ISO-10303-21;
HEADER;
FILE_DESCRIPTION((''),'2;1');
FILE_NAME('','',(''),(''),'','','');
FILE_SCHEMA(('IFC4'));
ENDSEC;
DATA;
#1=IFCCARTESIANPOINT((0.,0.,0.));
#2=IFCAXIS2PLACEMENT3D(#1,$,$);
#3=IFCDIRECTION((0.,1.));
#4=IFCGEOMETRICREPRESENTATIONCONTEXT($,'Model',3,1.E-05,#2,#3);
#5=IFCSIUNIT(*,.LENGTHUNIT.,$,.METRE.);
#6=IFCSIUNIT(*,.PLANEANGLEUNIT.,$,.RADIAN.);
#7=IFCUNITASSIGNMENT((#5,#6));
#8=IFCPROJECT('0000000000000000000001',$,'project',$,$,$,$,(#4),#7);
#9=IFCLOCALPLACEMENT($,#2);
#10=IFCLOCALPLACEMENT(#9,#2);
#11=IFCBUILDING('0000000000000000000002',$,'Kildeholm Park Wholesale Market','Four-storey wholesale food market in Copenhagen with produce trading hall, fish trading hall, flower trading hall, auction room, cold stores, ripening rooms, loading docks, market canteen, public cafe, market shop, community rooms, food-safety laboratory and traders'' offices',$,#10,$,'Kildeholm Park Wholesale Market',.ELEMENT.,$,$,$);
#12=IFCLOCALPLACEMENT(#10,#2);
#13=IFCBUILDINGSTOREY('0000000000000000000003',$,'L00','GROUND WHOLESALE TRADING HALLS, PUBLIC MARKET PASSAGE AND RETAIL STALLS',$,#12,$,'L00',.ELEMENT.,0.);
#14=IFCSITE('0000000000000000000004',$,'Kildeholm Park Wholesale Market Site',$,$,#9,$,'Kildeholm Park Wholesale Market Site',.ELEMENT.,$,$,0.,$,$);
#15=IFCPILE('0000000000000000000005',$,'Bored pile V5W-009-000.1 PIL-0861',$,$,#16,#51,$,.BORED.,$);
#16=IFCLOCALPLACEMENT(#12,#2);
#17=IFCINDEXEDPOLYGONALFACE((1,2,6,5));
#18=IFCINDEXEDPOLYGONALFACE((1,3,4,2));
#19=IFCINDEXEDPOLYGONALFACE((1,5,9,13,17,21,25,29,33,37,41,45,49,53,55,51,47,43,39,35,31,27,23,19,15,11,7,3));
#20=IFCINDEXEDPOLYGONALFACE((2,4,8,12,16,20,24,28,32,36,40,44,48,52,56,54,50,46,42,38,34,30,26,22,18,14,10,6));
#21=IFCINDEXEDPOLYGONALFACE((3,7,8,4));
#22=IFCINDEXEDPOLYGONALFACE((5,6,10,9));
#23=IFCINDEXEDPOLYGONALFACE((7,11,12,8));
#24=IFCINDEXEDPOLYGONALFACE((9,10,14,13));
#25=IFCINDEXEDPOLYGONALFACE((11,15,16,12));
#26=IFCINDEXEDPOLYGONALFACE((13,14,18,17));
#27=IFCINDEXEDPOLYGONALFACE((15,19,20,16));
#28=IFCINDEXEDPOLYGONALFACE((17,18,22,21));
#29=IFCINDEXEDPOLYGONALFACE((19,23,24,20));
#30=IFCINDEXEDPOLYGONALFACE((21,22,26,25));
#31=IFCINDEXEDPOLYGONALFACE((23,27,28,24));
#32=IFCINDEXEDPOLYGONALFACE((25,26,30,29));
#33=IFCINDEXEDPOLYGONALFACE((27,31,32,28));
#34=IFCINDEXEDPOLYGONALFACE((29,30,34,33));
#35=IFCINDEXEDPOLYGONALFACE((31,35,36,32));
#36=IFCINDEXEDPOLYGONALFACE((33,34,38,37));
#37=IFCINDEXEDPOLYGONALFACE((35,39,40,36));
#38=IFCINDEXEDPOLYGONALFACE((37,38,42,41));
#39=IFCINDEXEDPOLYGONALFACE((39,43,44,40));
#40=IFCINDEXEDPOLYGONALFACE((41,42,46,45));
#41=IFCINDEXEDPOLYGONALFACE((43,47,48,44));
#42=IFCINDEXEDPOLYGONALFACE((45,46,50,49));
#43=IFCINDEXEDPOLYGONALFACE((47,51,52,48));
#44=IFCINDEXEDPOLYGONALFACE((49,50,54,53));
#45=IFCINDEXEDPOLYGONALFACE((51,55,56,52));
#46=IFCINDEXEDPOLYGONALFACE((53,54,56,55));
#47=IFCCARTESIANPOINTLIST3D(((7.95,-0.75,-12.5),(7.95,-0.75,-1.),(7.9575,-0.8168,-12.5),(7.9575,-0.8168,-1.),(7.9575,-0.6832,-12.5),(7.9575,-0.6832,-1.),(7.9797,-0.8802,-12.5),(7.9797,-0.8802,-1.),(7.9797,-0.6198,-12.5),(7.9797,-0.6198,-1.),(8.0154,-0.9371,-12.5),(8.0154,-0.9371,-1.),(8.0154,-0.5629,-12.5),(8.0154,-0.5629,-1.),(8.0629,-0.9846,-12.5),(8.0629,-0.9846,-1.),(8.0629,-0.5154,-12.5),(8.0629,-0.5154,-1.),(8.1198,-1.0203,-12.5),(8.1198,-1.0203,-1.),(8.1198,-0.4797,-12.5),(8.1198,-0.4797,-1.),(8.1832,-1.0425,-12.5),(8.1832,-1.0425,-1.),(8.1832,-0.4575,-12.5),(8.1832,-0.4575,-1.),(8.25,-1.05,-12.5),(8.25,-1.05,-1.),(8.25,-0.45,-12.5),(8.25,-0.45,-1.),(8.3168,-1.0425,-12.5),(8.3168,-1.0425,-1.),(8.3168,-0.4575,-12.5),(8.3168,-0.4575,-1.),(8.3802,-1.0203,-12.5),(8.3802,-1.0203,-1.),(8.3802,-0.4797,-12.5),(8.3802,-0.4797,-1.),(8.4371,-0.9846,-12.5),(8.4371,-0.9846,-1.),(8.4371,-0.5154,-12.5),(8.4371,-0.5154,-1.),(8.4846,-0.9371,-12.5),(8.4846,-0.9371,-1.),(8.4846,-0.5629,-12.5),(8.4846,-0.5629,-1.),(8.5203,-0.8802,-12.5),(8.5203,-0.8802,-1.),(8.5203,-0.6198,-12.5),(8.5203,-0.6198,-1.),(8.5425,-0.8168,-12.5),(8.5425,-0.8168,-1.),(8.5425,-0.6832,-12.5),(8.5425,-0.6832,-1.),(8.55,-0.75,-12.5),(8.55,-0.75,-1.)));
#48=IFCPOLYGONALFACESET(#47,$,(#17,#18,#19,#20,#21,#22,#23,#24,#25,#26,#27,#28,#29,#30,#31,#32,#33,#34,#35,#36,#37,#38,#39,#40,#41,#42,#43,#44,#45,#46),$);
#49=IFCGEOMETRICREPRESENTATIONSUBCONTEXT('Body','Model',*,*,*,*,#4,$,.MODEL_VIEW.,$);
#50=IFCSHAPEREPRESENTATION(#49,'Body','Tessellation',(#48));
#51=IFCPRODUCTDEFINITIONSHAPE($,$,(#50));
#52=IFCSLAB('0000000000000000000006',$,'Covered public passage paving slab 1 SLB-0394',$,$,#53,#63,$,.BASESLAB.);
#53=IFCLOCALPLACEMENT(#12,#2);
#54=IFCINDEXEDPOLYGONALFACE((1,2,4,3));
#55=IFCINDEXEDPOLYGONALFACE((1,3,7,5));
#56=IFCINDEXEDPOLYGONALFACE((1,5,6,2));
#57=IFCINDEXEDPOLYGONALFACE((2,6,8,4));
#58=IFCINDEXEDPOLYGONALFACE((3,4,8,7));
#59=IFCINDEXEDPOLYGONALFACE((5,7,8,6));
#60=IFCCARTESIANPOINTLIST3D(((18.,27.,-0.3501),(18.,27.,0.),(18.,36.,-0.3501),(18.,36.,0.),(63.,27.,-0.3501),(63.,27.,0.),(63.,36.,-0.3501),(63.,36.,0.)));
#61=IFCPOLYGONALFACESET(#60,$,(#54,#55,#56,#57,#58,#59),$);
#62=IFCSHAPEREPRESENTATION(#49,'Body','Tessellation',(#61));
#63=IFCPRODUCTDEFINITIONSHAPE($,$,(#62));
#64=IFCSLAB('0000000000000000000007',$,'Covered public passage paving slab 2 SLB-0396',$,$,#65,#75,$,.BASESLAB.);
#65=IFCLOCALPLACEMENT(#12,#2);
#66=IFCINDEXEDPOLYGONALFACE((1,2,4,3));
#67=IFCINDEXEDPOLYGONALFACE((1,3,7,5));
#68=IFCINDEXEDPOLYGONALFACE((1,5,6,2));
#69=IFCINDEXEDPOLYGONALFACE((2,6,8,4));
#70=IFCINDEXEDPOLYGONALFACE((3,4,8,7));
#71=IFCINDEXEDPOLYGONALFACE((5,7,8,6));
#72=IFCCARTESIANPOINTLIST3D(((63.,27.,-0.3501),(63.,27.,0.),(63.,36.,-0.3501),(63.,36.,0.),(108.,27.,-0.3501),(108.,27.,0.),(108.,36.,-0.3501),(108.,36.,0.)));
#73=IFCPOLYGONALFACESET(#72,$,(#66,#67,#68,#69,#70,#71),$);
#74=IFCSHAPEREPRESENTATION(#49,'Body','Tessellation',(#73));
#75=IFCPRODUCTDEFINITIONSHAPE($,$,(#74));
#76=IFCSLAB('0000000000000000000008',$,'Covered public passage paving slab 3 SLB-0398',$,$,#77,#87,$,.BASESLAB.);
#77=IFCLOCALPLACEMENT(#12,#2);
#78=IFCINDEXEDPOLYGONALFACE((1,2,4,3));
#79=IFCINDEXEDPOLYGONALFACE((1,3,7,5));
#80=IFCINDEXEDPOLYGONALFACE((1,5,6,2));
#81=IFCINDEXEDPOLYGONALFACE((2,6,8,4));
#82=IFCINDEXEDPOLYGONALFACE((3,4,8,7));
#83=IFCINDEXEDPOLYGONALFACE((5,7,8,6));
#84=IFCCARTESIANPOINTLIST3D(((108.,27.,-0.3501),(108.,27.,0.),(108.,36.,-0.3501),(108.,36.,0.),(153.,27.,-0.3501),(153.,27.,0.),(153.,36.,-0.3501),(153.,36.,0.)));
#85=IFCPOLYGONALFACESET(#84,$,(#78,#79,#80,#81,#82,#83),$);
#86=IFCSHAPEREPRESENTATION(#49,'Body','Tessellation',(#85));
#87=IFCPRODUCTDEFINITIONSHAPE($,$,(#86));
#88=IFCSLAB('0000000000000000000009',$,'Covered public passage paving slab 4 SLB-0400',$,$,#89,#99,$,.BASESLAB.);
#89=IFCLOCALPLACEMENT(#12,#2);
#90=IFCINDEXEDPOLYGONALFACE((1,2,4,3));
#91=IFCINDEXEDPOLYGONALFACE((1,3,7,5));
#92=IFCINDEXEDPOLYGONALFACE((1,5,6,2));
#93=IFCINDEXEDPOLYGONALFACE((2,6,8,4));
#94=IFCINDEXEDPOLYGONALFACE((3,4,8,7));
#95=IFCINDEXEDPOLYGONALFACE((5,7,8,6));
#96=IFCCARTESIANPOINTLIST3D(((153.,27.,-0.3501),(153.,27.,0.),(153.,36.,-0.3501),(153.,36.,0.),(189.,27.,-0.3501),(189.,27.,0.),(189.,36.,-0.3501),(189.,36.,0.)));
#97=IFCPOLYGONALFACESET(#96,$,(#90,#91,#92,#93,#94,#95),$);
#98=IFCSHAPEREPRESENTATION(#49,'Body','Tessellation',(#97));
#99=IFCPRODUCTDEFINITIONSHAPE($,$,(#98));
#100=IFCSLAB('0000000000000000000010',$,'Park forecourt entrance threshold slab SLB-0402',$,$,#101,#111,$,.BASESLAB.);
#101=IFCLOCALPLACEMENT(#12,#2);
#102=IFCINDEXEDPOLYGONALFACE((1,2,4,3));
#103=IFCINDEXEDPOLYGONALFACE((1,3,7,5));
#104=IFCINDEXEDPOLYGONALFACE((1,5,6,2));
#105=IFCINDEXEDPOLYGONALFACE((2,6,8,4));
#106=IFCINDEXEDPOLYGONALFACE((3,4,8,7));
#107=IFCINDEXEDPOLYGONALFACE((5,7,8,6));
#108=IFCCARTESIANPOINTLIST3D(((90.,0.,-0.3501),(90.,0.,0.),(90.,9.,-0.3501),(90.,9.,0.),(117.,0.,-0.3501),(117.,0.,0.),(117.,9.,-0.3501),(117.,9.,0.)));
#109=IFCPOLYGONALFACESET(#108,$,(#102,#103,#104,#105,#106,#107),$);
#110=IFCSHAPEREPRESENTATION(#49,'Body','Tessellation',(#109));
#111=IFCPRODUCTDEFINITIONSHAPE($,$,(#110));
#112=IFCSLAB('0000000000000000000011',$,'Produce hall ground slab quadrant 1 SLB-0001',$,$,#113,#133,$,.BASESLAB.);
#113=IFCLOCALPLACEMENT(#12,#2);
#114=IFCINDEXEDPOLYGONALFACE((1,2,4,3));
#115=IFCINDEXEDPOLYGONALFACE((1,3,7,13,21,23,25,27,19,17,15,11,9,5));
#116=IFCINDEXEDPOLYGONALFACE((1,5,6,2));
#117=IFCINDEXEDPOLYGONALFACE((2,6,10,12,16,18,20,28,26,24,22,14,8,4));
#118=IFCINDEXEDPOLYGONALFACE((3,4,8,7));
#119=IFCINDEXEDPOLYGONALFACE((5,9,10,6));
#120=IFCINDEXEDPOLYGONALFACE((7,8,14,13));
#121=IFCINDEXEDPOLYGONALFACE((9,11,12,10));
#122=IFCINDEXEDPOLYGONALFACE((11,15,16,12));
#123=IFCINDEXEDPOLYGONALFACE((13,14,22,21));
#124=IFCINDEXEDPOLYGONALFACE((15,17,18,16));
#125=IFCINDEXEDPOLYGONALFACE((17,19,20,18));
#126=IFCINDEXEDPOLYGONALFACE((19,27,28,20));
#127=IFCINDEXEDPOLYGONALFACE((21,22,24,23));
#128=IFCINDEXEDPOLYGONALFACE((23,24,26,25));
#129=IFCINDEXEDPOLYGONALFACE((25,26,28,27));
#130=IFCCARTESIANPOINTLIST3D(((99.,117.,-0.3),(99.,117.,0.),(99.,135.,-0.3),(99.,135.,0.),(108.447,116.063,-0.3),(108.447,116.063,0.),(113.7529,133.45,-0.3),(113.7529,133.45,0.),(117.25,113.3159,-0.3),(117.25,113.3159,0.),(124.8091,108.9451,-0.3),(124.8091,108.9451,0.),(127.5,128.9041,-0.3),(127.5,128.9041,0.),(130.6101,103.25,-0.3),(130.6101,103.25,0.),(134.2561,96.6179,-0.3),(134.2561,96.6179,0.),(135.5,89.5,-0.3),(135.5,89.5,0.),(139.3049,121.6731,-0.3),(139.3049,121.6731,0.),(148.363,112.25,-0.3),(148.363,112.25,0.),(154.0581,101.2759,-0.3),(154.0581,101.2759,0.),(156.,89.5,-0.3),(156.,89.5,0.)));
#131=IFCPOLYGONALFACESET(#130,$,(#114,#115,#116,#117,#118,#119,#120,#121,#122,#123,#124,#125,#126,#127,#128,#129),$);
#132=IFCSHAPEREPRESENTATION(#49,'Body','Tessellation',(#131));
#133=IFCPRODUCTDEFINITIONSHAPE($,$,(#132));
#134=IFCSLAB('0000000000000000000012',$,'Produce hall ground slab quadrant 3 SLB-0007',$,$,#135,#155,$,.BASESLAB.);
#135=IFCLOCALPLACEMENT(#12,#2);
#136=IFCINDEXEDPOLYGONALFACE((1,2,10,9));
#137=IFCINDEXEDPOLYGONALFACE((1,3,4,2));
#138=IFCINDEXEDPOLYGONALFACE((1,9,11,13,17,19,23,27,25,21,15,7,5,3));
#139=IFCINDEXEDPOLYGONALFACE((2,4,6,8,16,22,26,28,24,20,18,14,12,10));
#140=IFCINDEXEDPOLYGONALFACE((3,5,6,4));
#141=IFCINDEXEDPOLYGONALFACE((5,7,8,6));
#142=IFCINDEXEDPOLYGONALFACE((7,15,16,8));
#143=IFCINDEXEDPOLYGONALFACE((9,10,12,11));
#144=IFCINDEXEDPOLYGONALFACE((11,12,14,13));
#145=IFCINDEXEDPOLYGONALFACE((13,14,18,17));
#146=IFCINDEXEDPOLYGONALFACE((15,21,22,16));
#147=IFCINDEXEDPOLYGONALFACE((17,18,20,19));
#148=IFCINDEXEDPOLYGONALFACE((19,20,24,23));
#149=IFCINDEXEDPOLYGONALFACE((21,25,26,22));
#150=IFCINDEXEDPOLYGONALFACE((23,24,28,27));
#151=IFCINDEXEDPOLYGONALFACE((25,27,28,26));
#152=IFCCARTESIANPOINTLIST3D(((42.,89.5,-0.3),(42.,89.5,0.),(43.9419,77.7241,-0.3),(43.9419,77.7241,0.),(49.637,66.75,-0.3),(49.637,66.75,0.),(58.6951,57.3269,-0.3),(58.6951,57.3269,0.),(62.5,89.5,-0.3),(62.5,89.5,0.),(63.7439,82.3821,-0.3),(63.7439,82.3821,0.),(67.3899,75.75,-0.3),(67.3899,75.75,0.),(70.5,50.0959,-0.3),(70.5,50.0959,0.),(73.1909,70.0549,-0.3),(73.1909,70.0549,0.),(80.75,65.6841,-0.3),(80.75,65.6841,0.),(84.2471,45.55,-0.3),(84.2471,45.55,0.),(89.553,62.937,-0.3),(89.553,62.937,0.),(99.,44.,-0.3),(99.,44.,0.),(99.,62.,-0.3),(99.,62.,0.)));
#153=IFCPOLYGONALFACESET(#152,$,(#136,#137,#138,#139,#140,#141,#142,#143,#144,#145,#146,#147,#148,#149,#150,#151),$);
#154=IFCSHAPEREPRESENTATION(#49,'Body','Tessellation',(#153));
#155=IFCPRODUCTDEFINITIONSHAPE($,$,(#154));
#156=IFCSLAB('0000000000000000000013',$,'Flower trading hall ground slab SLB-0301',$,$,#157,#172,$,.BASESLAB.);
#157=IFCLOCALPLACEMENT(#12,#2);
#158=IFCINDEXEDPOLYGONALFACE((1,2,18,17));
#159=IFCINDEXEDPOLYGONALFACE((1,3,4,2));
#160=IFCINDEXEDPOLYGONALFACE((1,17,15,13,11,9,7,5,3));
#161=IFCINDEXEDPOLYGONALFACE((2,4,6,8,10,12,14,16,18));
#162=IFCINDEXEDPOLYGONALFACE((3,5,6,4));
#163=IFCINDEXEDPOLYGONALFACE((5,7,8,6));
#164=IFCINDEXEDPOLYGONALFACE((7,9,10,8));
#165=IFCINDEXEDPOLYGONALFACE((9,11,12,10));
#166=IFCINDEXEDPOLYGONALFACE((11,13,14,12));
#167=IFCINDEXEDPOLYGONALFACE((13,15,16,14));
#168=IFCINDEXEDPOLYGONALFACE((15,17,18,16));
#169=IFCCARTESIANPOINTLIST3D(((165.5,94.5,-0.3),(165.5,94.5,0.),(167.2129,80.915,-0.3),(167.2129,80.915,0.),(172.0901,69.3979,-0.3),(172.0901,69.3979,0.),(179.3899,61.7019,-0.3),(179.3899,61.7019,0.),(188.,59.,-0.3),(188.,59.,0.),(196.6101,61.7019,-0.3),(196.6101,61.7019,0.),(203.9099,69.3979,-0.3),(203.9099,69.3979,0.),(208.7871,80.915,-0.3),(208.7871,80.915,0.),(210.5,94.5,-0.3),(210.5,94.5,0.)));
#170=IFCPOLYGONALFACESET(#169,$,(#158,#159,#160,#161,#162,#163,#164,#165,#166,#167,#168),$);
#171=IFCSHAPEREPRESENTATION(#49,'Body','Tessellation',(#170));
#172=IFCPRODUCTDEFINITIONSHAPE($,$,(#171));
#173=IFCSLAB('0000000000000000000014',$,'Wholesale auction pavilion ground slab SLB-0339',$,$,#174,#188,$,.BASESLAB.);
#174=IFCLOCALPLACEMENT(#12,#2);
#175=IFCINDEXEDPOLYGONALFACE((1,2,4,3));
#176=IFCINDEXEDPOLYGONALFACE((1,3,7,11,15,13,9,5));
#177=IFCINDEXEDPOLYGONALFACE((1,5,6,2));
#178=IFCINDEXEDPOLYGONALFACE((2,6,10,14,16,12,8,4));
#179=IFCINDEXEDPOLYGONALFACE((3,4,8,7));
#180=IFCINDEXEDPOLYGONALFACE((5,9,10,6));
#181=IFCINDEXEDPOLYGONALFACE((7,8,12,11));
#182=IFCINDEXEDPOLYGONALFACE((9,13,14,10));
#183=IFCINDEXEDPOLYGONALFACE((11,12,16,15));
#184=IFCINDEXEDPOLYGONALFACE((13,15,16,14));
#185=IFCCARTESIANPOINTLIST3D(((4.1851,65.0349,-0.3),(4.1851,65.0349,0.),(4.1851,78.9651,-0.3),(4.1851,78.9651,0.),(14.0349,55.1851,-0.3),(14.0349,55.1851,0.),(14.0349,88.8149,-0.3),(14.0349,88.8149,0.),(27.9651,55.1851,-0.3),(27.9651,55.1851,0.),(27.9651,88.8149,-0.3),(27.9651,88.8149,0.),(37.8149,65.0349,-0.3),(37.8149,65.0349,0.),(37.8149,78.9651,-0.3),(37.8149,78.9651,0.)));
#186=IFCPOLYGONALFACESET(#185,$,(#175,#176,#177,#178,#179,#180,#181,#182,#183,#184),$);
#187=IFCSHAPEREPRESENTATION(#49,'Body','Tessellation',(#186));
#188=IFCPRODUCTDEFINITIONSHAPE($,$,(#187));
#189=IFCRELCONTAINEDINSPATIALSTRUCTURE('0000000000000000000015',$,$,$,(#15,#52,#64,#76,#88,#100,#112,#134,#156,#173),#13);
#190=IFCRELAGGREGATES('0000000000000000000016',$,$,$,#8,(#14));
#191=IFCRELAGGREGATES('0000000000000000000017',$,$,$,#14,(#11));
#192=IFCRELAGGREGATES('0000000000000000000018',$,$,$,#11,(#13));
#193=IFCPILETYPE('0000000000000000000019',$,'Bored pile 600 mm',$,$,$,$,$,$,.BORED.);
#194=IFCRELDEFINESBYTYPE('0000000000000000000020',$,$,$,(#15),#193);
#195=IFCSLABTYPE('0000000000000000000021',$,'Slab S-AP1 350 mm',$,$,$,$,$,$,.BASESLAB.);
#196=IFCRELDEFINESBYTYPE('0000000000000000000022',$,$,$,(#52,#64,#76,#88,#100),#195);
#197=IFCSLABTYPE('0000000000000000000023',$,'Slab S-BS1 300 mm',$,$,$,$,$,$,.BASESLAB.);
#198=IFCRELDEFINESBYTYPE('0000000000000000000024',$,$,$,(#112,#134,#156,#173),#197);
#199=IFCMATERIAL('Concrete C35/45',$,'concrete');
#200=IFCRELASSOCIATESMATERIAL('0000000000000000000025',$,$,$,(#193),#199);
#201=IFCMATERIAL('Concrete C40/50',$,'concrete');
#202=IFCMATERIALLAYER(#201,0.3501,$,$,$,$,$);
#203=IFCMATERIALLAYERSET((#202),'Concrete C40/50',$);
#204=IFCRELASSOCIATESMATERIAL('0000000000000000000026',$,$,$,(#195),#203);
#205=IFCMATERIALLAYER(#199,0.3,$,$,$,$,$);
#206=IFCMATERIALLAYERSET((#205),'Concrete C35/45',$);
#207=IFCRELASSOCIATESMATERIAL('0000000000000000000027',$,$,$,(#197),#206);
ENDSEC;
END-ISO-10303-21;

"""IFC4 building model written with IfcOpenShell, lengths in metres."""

from ifc_helpers import new_model, si_unit, direction, frame, origin, origin_2d, place, context, subcontext, project, spatial, polyline, circle, outline, extrude, material, layer, layer_set, material_profile, profile_set, type_object, element, save


model = new_model("IFC4")

# Units and contexts
model_context = context("Model", 3, precision=1e-05, world=origin(), true_north=direction((0.0, 1.0)))
body_context = subcontext(model_context, "Body", "Model", "MODEL_VIEW")
ifc_project = project(units=[si_unit("LENGTHUNIT", "METRE"), si_unit("PLANEANGLEUNIT", "RADIAN")], contexts=[model_context])

# Site, building, storey
site_placement = place(None, origin())
site = spatial("IfcSite", under=ifc_project, at=site_placement, Name="Kildeholm Park Wholesale Market Site", LongName="Kildeholm Park Wholesale Market Site", CompositionType="ELEMENT", RefElevation=0.0)
building_placement = place(site_placement, origin())
building = spatial("IfcBuilding", under=site, at=building_placement, Name="Kildeholm Park Wholesale Market", Description="Four-storey wholesale food market in Copenhagen with produce trading hall, fish trading hall, flower trading hall, auction room, cold stores, ripening rooms, loading docks, market canteen, public cafe, market shop, community rooms, food-safety laboratory and traders' offices", LongName="Kildeholm Park Wholesale Market", CompositionType="ELEMENT")
storey_placement = place(building_placement, origin())
storey = spatial("IfcBuildingStorey", under=building, at=storey_placement, Name="L00", Description="GROUND WHOLESALE TRADING HALLS, PUBLIC MARKET PASSAGE AND RETAIL STALLS", LongName="L00", CompositionType="ELEMENT", Elevation=0.0)

# Pile
ifc_material_1 = material(Name="Concrete C35/45", Category="concrete")
ifc_material_profile = material_profile(ifc_material_1, circle(Radius=0.3, at=origin_2d()), Name="PILE D600")
ifc_profile_set = profile_set([ifc_material_profile], Name="Concrete C35/45")
pile_type = type_object("IfcPileType", Name="Bored pile 600 mm", PredefinedType="BORED", material=ifc_profile_set)
pile_placement = place(storey_placement, frame((8.25, -0.75, -1.0), z_axis=(0.0, 0.0, -1.0), x_axis=(1.0, 0.0, 0.0)))
element("IfcPile", 1, at=pile_placement, inside=storey, type_object=pile_type, Name="Bored pile V5W-009-000.1 PIL-0861", PredefinedType="BORED", context=body_context, shape_type="SweptSolid", body=[
    extrude(circle(Radius=0.3, at=origin_2d()), origin(), (0.0, 0.0, 1.0), 11.5),
])

# Slabs
ifc_material_2 = material(Name="Concrete C40/50", Category="concrete")
ifc_layer_1 = layer(ifc_material_2, 0.3501)
ifc_layer_set_1 = layer_set([ifc_layer_1], Name="Concrete C40/50")
slab_type_1 = type_object("IfcSlabType", Name="Slab S-AP1 350 mm", PredefinedType="BASESLAB", material=ifc_layer_set_1)
slab_1_placement = place(storey_placement, frame((0.0, 0.0, -0.3501)))
element("IfcSlab", 2, at=slab_1_placement, inside=storey, type_object=slab_type_1, Name="Covered public passage paving slab 1 SLB-0394", PredefinedType="BASESLAB", context=body_context, shape_type="SweptSolid", body=[
    extrude(outline(polyline([(18.0, 27.0), (63.0, 27.0), (63.0, 36.0), (18.0, 36.0), (18.0, 27.0)])), origin(), (0.0, 0.0, 1.0), 0.3501),
])
slab_2_placement = place(storey_placement, frame((0.0, 0.0, -0.3501)))
element("IfcSlab", 3, at=slab_2_placement, inside=storey, type_object=slab_type_1, Name="Covered public passage paving slab 2 SLB-0396", PredefinedType="BASESLAB", context=body_context, shape_type="SweptSolid", body=[
    extrude(outline(polyline([(63.0, 27.0), (108.0, 27.0), (108.0, 36.0), (63.0, 36.0), (63.0, 27.0)])), origin(), (0.0, 0.0, 1.0), 0.3501),
])
slab_3_placement = place(storey_placement, frame((0.0, 0.0, -0.3501)))
element("IfcSlab", 4, at=slab_3_placement, inside=storey, type_object=slab_type_1, Name="Covered public passage paving slab 3 SLB-0398", PredefinedType="BASESLAB", context=body_context, shape_type="SweptSolid", body=[
    extrude(outline(polyline([(108.0, 27.0), (153.0, 27.0), (153.0, 36.0), (108.0, 36.0), (108.0, 27.0)])), origin(), (0.0, 0.0, 1.0), 0.3501),
])
slab_4_placement = place(storey_placement, frame((0.0, 0.0, -0.3501)))
element("IfcSlab", 5, at=slab_4_placement, inside=storey, type_object=slab_type_1, Name="Covered public passage paving slab 4 SLB-0400", PredefinedType="BASESLAB", context=body_context, shape_type="SweptSolid", body=[
    extrude(outline(polyline([(153.0, 27.0), (189.0, 27.0), (189.0, 36.0), (153.0, 36.0), (153.0, 27.0)])), origin(), (0.0, 0.0, 1.0), 0.3501),
])
slab_5_placement = place(storey_placement, frame((0.0, 0.0, -0.3501)))
element("IfcSlab", 6, at=slab_5_placement, inside=storey, type_object=slab_type_1, Name="Park forecourt entrance threshold slab SLB-0402", PredefinedType="BASESLAB", context=body_context, shape_type="SweptSolid", body=[
    extrude(outline(polyline([(90.0, 0.0), (117.0, 0.0), (117.0, 9.0), (90.0, 9.0), (90.0, 0.0)])), origin(), (0.0, 0.0, 1.0), 0.3501),
])
ifc_layer_2 = layer(ifc_material_1, 0.3)
ifc_layer_set_2 = layer_set([ifc_layer_2], Name="Concrete C35/45")
slab_type_2 = type_object("IfcSlabType", Name="Slab S-BS1 300 mm", PredefinedType="BASESLAB", material=ifc_layer_set_2)
slab_6_placement = place(storey_placement, frame((0.0, 0.0, -0.3)))
element("IfcSlab", 7, at=slab_6_placement, inside=storey, type_object=slab_type_2, Name="Produce hall ground slab quadrant 1 SLB-0001", PredefinedType="BASESLAB", context=body_context, shape_type="SweptSolid", body=[
    extrude(outline(polyline([(156.0, 89.5), (154.0581, 101.2759), (148.363, 112.25), (139.3049, 121.6731), (127.5, 128.9041), (113.7529, 133.45), (99.0, 135.0), (99.0, 117.0), (108.447, 116.063), (117.25, 113.3159), (124.8091, 108.9451), (130.6101, 103.25), (134.2561, 96.6179), (135.5, 89.5), (156.0, 89.5)])), origin(), (0.0, 0.0, 1.0), 0.3),
])
slab_7_placement = place(storey_placement, frame((0.0, 0.0, -0.3)))
element("IfcSlab", 8, at=slab_7_placement, inside=storey, type_object=slab_type_2, Name="Produce hall ground slab quadrant 3 SLB-0007", PredefinedType="BASESLAB", context=body_context, shape_type="SweptSolid", body=[
    extrude(outline(polyline([(42.0, 89.5), (43.9419, 77.7241), (49.637, 66.75), (58.6951, 57.3269), (70.5, 50.0959), (84.2471, 45.55), (99.0, 44.0), (99.0, 62.0), (89.553, 62.937), (80.75, 65.6841), (73.1909, 70.0549), (67.3899, 75.75), (63.7439, 82.3821), (62.5, 89.5), (42.0, 89.5)])), origin(), (0.0, 0.0, 1.0), 0.3),
])
slab_8_placement = place(storey_placement, frame((0.0, 0.0, -0.3)))
element("IfcSlab", 9, at=slab_8_placement, inside=storey, type_object=slab_type_2, Name="Flower trading hall ground slab SLB-0301", PredefinedType="BASESLAB", context=body_context, shape_type="SweptSolid", body=[
    extrude(outline(polyline([(165.5, 94.5), (167.2129, 80.915), (172.0901, 69.3979), (179.3899, 61.7019), (188.0, 59.0), (196.6101, 61.7019), (203.9099, 69.3979), (208.7871, 80.915), (210.5, 94.5), (165.5, 94.5)])), origin(), (0.0, 0.0, 1.0), 0.3),
])
slab_9_placement = place(storey_placement, frame((0.0, 0.0, -0.3)))
element("IfcSlab", 10, at=slab_9_placement, inside=storey, type_object=slab_type_2, Name="Wholesale auction pavilion ground slab SLB-0339", PredefinedType="BASESLAB", context=body_context, shape_type="SweptSolid", body=[
    extrude(outline(polyline([(37.8149, 78.9651), (27.9651, 88.8149), (14.0349, 88.8149), (4.1851, 78.9651), (4.1851, 65.0349), (14.0349, 55.1851), (27.9651, 55.1851), (37.8149, 65.0349), (37.8149, 78.9651)])), origin(), (0.0, 0.0, 1.0), 0.3),
])

save(model, "model.ifc")
